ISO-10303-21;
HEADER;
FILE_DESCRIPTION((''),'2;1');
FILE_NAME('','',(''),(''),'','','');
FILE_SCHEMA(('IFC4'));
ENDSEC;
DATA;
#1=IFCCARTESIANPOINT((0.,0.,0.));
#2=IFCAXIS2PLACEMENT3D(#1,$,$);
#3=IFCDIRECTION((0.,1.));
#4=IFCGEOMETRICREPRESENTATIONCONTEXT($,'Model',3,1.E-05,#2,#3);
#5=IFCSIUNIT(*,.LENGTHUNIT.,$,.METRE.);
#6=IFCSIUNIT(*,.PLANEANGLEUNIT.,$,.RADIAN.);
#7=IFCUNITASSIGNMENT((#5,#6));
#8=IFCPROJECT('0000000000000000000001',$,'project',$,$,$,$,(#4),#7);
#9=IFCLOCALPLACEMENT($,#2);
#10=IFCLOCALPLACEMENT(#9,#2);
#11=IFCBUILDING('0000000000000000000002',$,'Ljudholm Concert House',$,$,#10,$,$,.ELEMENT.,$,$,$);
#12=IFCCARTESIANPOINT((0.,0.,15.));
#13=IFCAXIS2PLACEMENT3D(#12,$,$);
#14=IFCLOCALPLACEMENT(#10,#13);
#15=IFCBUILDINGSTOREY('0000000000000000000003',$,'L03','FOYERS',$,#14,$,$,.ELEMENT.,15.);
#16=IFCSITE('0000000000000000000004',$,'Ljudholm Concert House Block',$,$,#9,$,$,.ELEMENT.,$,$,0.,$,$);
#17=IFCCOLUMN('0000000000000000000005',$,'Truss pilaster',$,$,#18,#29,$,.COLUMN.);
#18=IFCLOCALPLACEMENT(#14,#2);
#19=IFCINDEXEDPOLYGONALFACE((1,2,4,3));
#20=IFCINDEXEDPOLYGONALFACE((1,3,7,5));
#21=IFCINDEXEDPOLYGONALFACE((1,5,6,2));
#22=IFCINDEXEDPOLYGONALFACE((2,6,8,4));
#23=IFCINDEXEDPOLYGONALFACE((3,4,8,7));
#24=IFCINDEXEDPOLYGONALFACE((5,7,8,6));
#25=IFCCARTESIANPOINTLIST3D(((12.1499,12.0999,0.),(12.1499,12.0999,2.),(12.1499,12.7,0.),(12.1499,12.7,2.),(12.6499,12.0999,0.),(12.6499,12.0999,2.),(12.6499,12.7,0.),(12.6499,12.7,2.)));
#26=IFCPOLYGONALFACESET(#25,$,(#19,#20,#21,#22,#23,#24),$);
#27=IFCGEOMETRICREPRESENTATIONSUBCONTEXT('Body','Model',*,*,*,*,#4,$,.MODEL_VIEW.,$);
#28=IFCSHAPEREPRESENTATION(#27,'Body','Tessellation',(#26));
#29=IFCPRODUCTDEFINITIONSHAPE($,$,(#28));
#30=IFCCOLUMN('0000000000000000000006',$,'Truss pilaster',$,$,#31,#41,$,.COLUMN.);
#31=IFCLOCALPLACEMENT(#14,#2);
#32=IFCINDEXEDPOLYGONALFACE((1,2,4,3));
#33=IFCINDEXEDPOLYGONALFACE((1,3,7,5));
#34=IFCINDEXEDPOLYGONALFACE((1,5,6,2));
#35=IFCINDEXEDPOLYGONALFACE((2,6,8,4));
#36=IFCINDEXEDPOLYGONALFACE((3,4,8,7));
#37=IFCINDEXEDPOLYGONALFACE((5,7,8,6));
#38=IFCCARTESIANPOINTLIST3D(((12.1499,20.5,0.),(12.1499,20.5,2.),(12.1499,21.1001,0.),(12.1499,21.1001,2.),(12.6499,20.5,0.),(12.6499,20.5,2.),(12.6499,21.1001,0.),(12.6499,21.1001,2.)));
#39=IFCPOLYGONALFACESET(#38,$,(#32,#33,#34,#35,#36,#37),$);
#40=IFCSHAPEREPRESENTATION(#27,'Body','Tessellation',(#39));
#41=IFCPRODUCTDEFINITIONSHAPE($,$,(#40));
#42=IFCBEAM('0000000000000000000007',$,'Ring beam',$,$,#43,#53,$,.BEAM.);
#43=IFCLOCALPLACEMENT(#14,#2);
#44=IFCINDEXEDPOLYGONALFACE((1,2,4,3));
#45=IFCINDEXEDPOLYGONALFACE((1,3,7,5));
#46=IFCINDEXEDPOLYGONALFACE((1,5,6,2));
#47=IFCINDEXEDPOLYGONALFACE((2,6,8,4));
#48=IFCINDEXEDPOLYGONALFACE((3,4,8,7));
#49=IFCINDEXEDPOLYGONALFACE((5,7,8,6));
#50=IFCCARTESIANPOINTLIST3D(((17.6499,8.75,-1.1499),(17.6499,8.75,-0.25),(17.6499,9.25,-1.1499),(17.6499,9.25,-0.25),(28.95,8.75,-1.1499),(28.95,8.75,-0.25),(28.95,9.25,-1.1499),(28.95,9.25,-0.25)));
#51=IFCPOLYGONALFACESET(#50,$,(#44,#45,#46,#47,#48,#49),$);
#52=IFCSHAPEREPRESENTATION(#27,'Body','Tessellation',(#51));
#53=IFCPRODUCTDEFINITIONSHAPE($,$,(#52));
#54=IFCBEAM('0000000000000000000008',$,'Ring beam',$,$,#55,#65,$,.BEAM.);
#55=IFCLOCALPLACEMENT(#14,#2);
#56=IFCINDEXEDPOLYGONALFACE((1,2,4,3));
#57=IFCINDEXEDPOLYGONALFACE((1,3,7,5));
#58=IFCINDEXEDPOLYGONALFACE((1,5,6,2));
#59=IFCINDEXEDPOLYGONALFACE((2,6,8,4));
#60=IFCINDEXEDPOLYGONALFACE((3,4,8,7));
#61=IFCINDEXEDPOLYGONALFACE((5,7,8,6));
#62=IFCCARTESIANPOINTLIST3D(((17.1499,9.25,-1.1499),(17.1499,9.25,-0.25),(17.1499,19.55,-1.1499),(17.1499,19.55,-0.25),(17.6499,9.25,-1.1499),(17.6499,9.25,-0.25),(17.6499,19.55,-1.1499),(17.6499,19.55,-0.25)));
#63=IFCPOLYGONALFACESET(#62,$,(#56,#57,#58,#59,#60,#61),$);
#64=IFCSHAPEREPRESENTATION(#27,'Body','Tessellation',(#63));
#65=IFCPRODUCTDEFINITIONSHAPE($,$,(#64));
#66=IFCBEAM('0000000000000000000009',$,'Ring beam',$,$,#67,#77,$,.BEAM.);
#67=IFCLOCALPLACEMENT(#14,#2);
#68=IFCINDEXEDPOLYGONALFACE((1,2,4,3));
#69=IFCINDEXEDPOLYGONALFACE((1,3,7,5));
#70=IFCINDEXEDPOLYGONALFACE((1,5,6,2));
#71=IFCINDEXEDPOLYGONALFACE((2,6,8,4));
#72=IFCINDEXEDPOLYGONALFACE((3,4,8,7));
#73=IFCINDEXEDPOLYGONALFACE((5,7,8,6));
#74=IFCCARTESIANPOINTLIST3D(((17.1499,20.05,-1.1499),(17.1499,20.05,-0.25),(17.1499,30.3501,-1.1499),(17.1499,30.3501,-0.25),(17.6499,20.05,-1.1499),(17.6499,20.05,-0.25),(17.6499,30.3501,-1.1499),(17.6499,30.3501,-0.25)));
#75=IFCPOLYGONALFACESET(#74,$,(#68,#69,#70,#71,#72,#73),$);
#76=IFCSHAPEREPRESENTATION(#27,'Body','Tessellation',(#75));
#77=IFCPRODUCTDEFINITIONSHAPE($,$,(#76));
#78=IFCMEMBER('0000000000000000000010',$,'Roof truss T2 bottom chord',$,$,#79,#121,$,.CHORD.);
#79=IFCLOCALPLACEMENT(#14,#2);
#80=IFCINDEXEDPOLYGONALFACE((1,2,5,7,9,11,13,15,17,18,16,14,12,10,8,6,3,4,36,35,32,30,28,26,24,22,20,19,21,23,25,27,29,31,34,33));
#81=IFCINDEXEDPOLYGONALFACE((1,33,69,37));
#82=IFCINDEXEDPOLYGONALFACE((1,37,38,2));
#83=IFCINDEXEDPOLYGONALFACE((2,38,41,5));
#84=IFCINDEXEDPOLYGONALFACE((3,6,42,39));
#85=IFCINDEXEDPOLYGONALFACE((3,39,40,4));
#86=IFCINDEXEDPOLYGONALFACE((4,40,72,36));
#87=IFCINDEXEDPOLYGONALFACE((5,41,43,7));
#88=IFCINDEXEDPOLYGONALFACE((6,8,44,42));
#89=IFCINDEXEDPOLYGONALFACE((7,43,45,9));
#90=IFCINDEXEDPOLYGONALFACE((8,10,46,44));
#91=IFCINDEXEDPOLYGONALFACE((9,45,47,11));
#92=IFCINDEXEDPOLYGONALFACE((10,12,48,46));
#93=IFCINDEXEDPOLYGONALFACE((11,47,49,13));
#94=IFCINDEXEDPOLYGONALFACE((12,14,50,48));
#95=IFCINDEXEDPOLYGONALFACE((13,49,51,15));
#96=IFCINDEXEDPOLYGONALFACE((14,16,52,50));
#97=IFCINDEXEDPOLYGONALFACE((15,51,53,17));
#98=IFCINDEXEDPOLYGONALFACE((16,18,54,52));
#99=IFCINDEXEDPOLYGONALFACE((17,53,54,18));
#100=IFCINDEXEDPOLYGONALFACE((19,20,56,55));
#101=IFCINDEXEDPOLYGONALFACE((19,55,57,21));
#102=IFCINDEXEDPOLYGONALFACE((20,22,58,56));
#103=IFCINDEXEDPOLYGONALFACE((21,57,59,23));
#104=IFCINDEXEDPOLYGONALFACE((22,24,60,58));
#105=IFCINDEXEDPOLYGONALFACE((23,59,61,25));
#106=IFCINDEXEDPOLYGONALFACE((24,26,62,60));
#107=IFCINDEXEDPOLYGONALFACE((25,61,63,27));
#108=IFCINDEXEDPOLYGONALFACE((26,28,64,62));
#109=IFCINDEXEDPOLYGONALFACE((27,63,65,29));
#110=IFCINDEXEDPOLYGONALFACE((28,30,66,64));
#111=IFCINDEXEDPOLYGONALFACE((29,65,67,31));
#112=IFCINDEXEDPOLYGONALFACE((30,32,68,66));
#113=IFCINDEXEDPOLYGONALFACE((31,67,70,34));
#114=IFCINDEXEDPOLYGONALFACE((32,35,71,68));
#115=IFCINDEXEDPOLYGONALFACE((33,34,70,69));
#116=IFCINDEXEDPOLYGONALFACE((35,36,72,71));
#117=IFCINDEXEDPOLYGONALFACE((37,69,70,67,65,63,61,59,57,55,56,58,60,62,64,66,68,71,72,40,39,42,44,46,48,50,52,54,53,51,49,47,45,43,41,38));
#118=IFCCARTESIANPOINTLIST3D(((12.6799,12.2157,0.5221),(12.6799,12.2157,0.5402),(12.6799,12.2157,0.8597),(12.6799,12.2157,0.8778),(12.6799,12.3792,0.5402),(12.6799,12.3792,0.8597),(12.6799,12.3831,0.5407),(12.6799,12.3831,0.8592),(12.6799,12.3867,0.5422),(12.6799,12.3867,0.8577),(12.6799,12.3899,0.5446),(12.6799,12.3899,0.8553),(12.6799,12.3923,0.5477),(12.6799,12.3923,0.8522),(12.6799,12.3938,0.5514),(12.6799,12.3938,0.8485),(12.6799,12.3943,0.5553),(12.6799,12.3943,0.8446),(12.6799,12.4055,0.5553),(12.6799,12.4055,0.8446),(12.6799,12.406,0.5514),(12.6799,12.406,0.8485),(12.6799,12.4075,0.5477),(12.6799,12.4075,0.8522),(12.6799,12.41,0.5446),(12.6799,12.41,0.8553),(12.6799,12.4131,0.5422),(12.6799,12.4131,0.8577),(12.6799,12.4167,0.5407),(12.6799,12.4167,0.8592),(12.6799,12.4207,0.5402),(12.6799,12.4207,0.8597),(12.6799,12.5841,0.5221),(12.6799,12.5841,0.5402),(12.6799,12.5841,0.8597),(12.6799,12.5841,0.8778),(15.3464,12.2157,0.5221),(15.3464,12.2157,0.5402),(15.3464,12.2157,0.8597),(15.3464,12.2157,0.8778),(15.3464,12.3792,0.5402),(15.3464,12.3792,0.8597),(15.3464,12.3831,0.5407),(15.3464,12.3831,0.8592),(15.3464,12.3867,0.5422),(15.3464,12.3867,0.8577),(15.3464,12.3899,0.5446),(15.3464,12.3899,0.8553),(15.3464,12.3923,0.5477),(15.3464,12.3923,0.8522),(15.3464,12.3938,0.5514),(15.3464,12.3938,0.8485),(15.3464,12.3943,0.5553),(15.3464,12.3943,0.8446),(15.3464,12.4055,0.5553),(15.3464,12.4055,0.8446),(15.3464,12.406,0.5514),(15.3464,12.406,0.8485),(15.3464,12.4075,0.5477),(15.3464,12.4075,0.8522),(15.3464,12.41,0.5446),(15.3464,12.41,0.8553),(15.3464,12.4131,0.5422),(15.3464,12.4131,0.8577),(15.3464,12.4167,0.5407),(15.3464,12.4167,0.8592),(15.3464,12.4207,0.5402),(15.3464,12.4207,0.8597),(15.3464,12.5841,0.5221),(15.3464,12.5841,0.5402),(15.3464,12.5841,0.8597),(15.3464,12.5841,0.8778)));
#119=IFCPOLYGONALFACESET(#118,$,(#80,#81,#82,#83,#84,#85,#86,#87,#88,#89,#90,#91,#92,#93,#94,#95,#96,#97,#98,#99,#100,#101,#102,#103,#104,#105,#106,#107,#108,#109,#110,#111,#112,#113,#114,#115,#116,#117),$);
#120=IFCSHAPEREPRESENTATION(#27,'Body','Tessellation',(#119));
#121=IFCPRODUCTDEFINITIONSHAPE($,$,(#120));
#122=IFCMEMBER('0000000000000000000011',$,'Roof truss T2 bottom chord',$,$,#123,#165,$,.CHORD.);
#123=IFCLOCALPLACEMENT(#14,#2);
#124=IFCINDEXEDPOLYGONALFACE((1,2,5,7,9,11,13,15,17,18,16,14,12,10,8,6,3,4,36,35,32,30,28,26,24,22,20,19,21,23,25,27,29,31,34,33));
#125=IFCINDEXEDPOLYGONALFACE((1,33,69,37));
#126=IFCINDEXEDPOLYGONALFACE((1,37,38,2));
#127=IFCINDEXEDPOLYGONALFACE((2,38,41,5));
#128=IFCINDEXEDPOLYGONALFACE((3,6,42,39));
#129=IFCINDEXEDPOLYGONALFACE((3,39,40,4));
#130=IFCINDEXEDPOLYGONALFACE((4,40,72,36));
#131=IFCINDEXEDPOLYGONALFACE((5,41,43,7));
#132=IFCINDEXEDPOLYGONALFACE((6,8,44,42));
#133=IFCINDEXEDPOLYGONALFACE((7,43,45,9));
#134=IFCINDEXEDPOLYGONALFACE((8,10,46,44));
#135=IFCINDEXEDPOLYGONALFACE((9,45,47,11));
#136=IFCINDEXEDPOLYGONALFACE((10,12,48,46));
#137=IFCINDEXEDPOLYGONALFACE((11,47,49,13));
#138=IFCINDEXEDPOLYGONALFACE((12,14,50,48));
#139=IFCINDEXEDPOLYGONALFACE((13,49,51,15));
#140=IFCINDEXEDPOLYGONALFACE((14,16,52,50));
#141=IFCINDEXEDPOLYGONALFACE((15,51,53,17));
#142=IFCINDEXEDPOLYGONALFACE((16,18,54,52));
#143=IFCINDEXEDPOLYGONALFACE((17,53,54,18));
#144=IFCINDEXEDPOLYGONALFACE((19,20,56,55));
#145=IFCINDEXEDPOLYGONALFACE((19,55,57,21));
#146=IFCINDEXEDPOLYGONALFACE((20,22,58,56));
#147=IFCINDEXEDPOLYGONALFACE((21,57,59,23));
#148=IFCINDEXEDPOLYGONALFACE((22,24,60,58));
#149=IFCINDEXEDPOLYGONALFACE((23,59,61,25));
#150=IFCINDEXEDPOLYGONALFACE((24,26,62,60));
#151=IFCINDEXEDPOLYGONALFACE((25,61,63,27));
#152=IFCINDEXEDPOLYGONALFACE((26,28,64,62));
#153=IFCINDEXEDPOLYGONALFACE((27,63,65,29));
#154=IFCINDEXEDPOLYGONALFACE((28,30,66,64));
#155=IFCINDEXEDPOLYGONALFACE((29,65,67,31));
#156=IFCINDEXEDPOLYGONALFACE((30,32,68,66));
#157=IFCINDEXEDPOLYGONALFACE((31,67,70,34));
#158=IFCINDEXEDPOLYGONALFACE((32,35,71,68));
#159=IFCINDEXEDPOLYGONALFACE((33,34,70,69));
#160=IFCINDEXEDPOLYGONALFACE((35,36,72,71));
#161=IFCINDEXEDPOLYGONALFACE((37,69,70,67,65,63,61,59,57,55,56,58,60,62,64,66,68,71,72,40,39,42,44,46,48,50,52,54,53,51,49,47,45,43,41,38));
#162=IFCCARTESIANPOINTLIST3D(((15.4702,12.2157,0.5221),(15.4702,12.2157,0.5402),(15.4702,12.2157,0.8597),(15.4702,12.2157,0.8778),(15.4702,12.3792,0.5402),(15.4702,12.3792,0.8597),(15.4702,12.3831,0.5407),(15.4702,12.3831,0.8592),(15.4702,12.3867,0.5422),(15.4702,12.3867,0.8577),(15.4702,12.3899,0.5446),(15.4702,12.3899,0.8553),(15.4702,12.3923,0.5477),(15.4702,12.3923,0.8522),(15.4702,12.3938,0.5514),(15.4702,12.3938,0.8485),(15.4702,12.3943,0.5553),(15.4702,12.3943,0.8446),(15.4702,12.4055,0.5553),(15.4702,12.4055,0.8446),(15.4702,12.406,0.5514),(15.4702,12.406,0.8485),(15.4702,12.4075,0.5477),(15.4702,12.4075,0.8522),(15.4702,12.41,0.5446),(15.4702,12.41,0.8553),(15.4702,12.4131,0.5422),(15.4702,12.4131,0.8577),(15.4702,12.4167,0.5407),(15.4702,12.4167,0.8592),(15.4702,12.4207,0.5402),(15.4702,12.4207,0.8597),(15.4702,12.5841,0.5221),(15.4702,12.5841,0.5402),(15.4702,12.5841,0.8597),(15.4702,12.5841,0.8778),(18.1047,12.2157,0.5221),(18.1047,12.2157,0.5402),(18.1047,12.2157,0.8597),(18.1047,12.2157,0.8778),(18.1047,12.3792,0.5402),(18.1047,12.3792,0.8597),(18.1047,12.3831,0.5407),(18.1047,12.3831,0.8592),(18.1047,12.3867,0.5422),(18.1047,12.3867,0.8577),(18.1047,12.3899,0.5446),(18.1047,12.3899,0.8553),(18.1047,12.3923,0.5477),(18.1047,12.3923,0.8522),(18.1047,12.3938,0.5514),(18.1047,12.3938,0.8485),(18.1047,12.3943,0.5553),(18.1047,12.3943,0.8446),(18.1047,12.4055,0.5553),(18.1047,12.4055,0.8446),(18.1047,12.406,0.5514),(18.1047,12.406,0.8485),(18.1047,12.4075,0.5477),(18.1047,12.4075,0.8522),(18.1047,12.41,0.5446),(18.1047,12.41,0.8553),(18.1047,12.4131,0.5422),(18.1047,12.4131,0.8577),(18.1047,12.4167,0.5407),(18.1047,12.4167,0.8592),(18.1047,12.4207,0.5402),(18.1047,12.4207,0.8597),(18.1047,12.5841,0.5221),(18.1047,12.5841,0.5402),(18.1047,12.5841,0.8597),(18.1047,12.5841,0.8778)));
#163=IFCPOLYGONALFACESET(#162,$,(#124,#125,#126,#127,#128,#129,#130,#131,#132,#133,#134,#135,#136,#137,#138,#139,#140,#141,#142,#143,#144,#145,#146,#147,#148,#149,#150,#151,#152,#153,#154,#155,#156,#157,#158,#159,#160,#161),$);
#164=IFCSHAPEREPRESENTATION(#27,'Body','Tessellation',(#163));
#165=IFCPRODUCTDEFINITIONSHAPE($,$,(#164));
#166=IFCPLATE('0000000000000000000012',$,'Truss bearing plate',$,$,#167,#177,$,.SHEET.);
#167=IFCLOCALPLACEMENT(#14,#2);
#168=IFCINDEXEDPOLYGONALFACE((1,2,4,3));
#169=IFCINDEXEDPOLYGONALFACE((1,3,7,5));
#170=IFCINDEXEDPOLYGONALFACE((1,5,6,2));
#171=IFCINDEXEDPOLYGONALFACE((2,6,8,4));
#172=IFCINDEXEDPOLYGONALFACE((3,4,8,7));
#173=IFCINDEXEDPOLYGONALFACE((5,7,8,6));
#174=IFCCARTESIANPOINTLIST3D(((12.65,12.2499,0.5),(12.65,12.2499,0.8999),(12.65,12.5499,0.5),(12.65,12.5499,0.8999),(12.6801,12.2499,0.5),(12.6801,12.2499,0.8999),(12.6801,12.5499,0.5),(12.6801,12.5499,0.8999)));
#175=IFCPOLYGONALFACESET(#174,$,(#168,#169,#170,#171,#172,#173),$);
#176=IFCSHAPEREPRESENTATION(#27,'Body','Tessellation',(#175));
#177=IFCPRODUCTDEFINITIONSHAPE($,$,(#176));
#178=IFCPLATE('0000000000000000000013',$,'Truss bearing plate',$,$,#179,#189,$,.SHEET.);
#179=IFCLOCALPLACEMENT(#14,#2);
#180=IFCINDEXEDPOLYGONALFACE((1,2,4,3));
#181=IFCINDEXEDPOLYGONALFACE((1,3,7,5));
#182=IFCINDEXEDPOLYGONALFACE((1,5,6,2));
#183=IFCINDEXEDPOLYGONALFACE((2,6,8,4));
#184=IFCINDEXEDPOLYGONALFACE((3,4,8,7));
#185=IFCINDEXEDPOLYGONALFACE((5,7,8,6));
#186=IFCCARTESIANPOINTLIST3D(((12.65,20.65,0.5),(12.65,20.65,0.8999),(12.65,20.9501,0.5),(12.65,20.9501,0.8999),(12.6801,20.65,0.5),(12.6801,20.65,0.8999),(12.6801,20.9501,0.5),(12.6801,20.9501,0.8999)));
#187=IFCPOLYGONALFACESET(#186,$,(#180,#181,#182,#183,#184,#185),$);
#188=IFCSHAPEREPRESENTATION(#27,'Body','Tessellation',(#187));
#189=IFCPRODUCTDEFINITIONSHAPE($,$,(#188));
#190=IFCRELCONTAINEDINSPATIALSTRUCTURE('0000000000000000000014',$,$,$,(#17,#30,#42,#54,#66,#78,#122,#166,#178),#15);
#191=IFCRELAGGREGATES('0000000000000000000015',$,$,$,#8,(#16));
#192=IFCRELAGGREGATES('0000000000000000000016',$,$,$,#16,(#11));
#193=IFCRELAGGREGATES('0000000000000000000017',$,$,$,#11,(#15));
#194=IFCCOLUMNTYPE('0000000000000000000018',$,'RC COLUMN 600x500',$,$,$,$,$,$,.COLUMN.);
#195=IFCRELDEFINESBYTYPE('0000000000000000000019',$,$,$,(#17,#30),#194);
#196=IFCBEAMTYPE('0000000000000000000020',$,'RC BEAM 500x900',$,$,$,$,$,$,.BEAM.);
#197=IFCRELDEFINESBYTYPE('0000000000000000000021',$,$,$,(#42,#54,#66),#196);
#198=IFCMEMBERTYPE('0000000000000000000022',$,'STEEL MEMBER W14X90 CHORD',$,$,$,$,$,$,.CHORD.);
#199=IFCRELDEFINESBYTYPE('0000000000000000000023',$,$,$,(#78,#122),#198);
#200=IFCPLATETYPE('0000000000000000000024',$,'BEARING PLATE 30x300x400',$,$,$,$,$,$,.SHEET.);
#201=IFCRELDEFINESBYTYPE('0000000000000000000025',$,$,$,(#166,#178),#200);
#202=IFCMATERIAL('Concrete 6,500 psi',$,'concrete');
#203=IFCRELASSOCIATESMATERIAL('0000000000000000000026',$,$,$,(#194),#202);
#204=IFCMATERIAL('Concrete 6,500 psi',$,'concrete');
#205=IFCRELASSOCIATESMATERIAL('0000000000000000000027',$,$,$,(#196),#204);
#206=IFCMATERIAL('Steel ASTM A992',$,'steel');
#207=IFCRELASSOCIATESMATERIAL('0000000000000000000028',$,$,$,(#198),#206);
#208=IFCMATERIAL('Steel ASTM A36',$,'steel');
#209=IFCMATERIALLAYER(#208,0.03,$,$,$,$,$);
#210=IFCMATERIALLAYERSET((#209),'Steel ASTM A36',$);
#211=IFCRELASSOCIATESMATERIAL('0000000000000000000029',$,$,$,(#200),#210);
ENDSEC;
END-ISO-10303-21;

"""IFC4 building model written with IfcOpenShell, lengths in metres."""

from ifc_helpers import new_model, si_unit, direction, frame, origin, origin_2d, place, context, subcontext, project, spatial, rectangle, i_section, extrude, material, layer, layer_set, material_profile, profile_set, type_object, element, save


model = new_model("IFC4")

# Units and contexts
model_context = context("Model", 3, precision=1e-05, world=origin(), true_north=direction((0.0, 1.0)))
body_context = subcontext(model_context, "Body", "Model", "MODEL_VIEW")
ifc_project = project(units=[si_unit("LENGTHUNIT", "METRE"), si_unit("PLANEANGLEUNIT", "RADIAN")], contexts=[model_context])

# Site, building, storey
site_placement = place(None, origin())
site = spatial("IfcSite", under=ifc_project, at=site_placement, Name="Ljudholm Concert House Block", CompositionType="ELEMENT", RefElevation=0.0)
building_placement = place(site_placement, origin())
building = spatial("IfcBuilding", under=site, at=building_placement, Name="Ljudholm Concert House", CompositionType="ELEMENT")
storey_placement = place(building_placement, frame((0.0, 0.0, 15.0)))
storey = spatial("IfcBuildingStorey", under=building, at=storey_placement, Name="L03", Description="FOYERS", CompositionType="ELEMENT", Elevation=15.0)

# Columns
ifc_material_1 = material(Name="Concrete 6,500 psi", Category="concrete")
ifc_material_profile_1 = material_profile(ifc_material_1, rectangle(XDim=0.6001, YDim=0.5, at=origin_2d()), Name="RC COLUMN 600x500")
ifc_profile_set_1 = profile_set([ifc_material_profile_1], Name="Concrete 6,500 psi")
column_type = type_object("IfcColumnType", Name="RC COLUMN 600x500", PredefinedType="COLUMN", material=ifc_profile_set_1)
for number, where, z_axis, x_axis, name in (
    (1, (12.3999, 12.3999, 0.0), (0.0, 0.0, 1.0), (0.0, 1.0, 0.0), "Truss pilaster"),
    (2, (12.3999, 20.8, 0.0), (0.0, 0.0, 1.0), (0.0, 1.0, 0.0), "Truss pilaster"),
):
    element("IfcColumn", number, at=place(storey_placement, frame(where, z_axis=z_axis, x_axis=x_axis)), inside=storey, type_object=column_type, Name=name, PredefinedType="COLUMN", context=body_context, shape_type="SweptSolid", body=[
        extrude(rectangle(XDim=0.6001, YDim=0.5, at=origin_2d()), origin(), (0.0, 0.0, 1.0), 2.0),
    ])

# Beams
ifc_material_2 = material(Name="Concrete 6,500 psi", Category="concrete")
ifc_material_profile_2 = material_profile(ifc_material_2, rectangle(XDim=0.5, YDim=0.8999, at=origin_2d()), Name="RC BEAM 500x900")
ifc_profile_set_2 = profile_set([ifc_material_profile_2], Name="Concrete 6,500 psi")
beam_type = type_object("IfcBeamType", Name="RC BEAM 500x900", PredefinedType="BEAM", material=ifc_profile_set_2)
beam_placement = place(storey_placement, frame((17.6499, 9.0, -0.7), z_axis=(1.0, 0.0, 0.0), x_axis=(0.0, 1.0, 0.0)))
element("IfcBeam", 3, at=beam_placement, inside=storey, type_object=beam_type, Name="Ring beam", PredefinedType="BEAM", context=body_context, shape_type="SweptSolid", body=[
    extrude(rectangle(XDim=0.5, YDim=0.8999, at=origin_2d()), origin(), (0.0, 0.0, 1.0), 11.3),
])
for number, where, z_axis, x_axis, name in (
    (4, (17.3999, 9.25, -0.7), (0.0, 1.0, 0.0), (-1.0, 0.0, 0.0), "Ring beam"),
    (5, (17.3999, 20.05, -0.7), (0.0, 1.0, 0.0), (-1.0, 0.0, 0.0), "Ring beam"),
):
    element("IfcBeam", number, at=place(storey_placement, frame(where, z_axis=z_axis, x_axis=x_axis)), inside=storey, type_object=beam_type, Name=name, PredefinedType="BEAM", context=body_context, shape_type="SweptSolid", body=[
        extrude(rectangle(XDim=0.5, YDim=0.8999, at=origin_2d()), origin(), (0.0, 0.0, 1.0), 10.3),
    ])

# Members
ifc_material_3 = material(Name="Steel ASTM A992", Category="steel")
ifc_material_profile_3 = material_profile(ifc_material_3, i_section(OverallWidth=0.3684, OverallDepth=0.3557, WebThickness=0.0112, FlangeThickness=0.0181, FilletRadius=0.0151, at=origin_2d()), Name="W14X90")
ifc_profile_set_3 = profile_set([ifc_material_profile_3], Name="Steel ASTM A992")
member_type = type_object("IfcMemberType", Name="STEEL MEMBER W14X90 CHORD", PredefinedType="CHORD", material=ifc_profile_set_3)
member_1_placement = place(storey_placement, frame((12.6799, 12.3999, 0.7), z_axis=(1.0, 0.0, 0.0), x_axis=(0.0, 1.0, 0.0)))
element("IfcMember", 6, at=member_1_placement, inside=storey, type_object=member_type, Name="Roof truss T2 bottom chord", PredefinedType="CHORD", context=body_context, shape_type="SweptSolid", body=[
    extrude(i_section(OverallWidth=0.3684, OverallDepth=0.3557, WebThickness=0.0112, FlangeThickness=0.0181, FilletRadius=0.0151, at=origin_2d()), origin(), (0.0, 0.0, 1.0), 2.6665),
])
member_2_placement = place(storey_placement, frame((15.4702, 12.3999, 0.7), z_axis=(1.0, 0.0, 0.0), x_axis=(0.0, 1.0, 0.0)))
element("IfcMember", 7, at=member_2_placement, inside=storey, type_object=member_type, Name="Roof truss T2 bottom chord", PredefinedType="CHORD", context=body_context, shape_type="SweptSolid", body=[
    extrude(i_section(OverallWidth=0.3684, OverallDepth=0.3557, WebThickness=0.0112, FlangeThickness=0.0181, FilletRadius=0.0151, at=origin_2d()), origin(), (0.0, 0.0, 1.0), 2.6345),
])

# Plates
ifc_material_4 = material(Name="Steel ASTM A36", Category="steel")
ifc_layer_1 = layer(ifc_material_4, 0.03)
ifc_layer_set_1 = layer_set([ifc_layer_1], Name="Steel ASTM A36")
plate_type = type_object("IfcPlateType", Name="BEARING PLATE 30x300x400", PredefinedType="SHEET", material=ifc_layer_set_1)
for number, where, z_axis, x_axis, name in (
    (8, (12.665, 12.3999, 0.5), (0.0, 0.0, 1.0), (1.0, 0.0, 0.0), "Truss bearing plate"),
    (9, (12.665, 20.8, 0.5), (0.0, 0.0, 1.0), (1.0, 0.0, 0.0), "Truss bearing plate"),
):
    element("IfcPlate", number, at=place(storey_placement, frame(where, z_axis=z_axis, x_axis=x_axis)), inside=storey, type_object=plate_type, Name=name, PredefinedType="SHEET", context=body_context, shape_type="SweptSolid", body=[
        extrude(rectangle(XDim=0.03, YDim=0.3, at=origin_2d()), origin(), (0.0, 0.0, 1.0), 0.3999),
    ])

save(model, "model.ifc")
